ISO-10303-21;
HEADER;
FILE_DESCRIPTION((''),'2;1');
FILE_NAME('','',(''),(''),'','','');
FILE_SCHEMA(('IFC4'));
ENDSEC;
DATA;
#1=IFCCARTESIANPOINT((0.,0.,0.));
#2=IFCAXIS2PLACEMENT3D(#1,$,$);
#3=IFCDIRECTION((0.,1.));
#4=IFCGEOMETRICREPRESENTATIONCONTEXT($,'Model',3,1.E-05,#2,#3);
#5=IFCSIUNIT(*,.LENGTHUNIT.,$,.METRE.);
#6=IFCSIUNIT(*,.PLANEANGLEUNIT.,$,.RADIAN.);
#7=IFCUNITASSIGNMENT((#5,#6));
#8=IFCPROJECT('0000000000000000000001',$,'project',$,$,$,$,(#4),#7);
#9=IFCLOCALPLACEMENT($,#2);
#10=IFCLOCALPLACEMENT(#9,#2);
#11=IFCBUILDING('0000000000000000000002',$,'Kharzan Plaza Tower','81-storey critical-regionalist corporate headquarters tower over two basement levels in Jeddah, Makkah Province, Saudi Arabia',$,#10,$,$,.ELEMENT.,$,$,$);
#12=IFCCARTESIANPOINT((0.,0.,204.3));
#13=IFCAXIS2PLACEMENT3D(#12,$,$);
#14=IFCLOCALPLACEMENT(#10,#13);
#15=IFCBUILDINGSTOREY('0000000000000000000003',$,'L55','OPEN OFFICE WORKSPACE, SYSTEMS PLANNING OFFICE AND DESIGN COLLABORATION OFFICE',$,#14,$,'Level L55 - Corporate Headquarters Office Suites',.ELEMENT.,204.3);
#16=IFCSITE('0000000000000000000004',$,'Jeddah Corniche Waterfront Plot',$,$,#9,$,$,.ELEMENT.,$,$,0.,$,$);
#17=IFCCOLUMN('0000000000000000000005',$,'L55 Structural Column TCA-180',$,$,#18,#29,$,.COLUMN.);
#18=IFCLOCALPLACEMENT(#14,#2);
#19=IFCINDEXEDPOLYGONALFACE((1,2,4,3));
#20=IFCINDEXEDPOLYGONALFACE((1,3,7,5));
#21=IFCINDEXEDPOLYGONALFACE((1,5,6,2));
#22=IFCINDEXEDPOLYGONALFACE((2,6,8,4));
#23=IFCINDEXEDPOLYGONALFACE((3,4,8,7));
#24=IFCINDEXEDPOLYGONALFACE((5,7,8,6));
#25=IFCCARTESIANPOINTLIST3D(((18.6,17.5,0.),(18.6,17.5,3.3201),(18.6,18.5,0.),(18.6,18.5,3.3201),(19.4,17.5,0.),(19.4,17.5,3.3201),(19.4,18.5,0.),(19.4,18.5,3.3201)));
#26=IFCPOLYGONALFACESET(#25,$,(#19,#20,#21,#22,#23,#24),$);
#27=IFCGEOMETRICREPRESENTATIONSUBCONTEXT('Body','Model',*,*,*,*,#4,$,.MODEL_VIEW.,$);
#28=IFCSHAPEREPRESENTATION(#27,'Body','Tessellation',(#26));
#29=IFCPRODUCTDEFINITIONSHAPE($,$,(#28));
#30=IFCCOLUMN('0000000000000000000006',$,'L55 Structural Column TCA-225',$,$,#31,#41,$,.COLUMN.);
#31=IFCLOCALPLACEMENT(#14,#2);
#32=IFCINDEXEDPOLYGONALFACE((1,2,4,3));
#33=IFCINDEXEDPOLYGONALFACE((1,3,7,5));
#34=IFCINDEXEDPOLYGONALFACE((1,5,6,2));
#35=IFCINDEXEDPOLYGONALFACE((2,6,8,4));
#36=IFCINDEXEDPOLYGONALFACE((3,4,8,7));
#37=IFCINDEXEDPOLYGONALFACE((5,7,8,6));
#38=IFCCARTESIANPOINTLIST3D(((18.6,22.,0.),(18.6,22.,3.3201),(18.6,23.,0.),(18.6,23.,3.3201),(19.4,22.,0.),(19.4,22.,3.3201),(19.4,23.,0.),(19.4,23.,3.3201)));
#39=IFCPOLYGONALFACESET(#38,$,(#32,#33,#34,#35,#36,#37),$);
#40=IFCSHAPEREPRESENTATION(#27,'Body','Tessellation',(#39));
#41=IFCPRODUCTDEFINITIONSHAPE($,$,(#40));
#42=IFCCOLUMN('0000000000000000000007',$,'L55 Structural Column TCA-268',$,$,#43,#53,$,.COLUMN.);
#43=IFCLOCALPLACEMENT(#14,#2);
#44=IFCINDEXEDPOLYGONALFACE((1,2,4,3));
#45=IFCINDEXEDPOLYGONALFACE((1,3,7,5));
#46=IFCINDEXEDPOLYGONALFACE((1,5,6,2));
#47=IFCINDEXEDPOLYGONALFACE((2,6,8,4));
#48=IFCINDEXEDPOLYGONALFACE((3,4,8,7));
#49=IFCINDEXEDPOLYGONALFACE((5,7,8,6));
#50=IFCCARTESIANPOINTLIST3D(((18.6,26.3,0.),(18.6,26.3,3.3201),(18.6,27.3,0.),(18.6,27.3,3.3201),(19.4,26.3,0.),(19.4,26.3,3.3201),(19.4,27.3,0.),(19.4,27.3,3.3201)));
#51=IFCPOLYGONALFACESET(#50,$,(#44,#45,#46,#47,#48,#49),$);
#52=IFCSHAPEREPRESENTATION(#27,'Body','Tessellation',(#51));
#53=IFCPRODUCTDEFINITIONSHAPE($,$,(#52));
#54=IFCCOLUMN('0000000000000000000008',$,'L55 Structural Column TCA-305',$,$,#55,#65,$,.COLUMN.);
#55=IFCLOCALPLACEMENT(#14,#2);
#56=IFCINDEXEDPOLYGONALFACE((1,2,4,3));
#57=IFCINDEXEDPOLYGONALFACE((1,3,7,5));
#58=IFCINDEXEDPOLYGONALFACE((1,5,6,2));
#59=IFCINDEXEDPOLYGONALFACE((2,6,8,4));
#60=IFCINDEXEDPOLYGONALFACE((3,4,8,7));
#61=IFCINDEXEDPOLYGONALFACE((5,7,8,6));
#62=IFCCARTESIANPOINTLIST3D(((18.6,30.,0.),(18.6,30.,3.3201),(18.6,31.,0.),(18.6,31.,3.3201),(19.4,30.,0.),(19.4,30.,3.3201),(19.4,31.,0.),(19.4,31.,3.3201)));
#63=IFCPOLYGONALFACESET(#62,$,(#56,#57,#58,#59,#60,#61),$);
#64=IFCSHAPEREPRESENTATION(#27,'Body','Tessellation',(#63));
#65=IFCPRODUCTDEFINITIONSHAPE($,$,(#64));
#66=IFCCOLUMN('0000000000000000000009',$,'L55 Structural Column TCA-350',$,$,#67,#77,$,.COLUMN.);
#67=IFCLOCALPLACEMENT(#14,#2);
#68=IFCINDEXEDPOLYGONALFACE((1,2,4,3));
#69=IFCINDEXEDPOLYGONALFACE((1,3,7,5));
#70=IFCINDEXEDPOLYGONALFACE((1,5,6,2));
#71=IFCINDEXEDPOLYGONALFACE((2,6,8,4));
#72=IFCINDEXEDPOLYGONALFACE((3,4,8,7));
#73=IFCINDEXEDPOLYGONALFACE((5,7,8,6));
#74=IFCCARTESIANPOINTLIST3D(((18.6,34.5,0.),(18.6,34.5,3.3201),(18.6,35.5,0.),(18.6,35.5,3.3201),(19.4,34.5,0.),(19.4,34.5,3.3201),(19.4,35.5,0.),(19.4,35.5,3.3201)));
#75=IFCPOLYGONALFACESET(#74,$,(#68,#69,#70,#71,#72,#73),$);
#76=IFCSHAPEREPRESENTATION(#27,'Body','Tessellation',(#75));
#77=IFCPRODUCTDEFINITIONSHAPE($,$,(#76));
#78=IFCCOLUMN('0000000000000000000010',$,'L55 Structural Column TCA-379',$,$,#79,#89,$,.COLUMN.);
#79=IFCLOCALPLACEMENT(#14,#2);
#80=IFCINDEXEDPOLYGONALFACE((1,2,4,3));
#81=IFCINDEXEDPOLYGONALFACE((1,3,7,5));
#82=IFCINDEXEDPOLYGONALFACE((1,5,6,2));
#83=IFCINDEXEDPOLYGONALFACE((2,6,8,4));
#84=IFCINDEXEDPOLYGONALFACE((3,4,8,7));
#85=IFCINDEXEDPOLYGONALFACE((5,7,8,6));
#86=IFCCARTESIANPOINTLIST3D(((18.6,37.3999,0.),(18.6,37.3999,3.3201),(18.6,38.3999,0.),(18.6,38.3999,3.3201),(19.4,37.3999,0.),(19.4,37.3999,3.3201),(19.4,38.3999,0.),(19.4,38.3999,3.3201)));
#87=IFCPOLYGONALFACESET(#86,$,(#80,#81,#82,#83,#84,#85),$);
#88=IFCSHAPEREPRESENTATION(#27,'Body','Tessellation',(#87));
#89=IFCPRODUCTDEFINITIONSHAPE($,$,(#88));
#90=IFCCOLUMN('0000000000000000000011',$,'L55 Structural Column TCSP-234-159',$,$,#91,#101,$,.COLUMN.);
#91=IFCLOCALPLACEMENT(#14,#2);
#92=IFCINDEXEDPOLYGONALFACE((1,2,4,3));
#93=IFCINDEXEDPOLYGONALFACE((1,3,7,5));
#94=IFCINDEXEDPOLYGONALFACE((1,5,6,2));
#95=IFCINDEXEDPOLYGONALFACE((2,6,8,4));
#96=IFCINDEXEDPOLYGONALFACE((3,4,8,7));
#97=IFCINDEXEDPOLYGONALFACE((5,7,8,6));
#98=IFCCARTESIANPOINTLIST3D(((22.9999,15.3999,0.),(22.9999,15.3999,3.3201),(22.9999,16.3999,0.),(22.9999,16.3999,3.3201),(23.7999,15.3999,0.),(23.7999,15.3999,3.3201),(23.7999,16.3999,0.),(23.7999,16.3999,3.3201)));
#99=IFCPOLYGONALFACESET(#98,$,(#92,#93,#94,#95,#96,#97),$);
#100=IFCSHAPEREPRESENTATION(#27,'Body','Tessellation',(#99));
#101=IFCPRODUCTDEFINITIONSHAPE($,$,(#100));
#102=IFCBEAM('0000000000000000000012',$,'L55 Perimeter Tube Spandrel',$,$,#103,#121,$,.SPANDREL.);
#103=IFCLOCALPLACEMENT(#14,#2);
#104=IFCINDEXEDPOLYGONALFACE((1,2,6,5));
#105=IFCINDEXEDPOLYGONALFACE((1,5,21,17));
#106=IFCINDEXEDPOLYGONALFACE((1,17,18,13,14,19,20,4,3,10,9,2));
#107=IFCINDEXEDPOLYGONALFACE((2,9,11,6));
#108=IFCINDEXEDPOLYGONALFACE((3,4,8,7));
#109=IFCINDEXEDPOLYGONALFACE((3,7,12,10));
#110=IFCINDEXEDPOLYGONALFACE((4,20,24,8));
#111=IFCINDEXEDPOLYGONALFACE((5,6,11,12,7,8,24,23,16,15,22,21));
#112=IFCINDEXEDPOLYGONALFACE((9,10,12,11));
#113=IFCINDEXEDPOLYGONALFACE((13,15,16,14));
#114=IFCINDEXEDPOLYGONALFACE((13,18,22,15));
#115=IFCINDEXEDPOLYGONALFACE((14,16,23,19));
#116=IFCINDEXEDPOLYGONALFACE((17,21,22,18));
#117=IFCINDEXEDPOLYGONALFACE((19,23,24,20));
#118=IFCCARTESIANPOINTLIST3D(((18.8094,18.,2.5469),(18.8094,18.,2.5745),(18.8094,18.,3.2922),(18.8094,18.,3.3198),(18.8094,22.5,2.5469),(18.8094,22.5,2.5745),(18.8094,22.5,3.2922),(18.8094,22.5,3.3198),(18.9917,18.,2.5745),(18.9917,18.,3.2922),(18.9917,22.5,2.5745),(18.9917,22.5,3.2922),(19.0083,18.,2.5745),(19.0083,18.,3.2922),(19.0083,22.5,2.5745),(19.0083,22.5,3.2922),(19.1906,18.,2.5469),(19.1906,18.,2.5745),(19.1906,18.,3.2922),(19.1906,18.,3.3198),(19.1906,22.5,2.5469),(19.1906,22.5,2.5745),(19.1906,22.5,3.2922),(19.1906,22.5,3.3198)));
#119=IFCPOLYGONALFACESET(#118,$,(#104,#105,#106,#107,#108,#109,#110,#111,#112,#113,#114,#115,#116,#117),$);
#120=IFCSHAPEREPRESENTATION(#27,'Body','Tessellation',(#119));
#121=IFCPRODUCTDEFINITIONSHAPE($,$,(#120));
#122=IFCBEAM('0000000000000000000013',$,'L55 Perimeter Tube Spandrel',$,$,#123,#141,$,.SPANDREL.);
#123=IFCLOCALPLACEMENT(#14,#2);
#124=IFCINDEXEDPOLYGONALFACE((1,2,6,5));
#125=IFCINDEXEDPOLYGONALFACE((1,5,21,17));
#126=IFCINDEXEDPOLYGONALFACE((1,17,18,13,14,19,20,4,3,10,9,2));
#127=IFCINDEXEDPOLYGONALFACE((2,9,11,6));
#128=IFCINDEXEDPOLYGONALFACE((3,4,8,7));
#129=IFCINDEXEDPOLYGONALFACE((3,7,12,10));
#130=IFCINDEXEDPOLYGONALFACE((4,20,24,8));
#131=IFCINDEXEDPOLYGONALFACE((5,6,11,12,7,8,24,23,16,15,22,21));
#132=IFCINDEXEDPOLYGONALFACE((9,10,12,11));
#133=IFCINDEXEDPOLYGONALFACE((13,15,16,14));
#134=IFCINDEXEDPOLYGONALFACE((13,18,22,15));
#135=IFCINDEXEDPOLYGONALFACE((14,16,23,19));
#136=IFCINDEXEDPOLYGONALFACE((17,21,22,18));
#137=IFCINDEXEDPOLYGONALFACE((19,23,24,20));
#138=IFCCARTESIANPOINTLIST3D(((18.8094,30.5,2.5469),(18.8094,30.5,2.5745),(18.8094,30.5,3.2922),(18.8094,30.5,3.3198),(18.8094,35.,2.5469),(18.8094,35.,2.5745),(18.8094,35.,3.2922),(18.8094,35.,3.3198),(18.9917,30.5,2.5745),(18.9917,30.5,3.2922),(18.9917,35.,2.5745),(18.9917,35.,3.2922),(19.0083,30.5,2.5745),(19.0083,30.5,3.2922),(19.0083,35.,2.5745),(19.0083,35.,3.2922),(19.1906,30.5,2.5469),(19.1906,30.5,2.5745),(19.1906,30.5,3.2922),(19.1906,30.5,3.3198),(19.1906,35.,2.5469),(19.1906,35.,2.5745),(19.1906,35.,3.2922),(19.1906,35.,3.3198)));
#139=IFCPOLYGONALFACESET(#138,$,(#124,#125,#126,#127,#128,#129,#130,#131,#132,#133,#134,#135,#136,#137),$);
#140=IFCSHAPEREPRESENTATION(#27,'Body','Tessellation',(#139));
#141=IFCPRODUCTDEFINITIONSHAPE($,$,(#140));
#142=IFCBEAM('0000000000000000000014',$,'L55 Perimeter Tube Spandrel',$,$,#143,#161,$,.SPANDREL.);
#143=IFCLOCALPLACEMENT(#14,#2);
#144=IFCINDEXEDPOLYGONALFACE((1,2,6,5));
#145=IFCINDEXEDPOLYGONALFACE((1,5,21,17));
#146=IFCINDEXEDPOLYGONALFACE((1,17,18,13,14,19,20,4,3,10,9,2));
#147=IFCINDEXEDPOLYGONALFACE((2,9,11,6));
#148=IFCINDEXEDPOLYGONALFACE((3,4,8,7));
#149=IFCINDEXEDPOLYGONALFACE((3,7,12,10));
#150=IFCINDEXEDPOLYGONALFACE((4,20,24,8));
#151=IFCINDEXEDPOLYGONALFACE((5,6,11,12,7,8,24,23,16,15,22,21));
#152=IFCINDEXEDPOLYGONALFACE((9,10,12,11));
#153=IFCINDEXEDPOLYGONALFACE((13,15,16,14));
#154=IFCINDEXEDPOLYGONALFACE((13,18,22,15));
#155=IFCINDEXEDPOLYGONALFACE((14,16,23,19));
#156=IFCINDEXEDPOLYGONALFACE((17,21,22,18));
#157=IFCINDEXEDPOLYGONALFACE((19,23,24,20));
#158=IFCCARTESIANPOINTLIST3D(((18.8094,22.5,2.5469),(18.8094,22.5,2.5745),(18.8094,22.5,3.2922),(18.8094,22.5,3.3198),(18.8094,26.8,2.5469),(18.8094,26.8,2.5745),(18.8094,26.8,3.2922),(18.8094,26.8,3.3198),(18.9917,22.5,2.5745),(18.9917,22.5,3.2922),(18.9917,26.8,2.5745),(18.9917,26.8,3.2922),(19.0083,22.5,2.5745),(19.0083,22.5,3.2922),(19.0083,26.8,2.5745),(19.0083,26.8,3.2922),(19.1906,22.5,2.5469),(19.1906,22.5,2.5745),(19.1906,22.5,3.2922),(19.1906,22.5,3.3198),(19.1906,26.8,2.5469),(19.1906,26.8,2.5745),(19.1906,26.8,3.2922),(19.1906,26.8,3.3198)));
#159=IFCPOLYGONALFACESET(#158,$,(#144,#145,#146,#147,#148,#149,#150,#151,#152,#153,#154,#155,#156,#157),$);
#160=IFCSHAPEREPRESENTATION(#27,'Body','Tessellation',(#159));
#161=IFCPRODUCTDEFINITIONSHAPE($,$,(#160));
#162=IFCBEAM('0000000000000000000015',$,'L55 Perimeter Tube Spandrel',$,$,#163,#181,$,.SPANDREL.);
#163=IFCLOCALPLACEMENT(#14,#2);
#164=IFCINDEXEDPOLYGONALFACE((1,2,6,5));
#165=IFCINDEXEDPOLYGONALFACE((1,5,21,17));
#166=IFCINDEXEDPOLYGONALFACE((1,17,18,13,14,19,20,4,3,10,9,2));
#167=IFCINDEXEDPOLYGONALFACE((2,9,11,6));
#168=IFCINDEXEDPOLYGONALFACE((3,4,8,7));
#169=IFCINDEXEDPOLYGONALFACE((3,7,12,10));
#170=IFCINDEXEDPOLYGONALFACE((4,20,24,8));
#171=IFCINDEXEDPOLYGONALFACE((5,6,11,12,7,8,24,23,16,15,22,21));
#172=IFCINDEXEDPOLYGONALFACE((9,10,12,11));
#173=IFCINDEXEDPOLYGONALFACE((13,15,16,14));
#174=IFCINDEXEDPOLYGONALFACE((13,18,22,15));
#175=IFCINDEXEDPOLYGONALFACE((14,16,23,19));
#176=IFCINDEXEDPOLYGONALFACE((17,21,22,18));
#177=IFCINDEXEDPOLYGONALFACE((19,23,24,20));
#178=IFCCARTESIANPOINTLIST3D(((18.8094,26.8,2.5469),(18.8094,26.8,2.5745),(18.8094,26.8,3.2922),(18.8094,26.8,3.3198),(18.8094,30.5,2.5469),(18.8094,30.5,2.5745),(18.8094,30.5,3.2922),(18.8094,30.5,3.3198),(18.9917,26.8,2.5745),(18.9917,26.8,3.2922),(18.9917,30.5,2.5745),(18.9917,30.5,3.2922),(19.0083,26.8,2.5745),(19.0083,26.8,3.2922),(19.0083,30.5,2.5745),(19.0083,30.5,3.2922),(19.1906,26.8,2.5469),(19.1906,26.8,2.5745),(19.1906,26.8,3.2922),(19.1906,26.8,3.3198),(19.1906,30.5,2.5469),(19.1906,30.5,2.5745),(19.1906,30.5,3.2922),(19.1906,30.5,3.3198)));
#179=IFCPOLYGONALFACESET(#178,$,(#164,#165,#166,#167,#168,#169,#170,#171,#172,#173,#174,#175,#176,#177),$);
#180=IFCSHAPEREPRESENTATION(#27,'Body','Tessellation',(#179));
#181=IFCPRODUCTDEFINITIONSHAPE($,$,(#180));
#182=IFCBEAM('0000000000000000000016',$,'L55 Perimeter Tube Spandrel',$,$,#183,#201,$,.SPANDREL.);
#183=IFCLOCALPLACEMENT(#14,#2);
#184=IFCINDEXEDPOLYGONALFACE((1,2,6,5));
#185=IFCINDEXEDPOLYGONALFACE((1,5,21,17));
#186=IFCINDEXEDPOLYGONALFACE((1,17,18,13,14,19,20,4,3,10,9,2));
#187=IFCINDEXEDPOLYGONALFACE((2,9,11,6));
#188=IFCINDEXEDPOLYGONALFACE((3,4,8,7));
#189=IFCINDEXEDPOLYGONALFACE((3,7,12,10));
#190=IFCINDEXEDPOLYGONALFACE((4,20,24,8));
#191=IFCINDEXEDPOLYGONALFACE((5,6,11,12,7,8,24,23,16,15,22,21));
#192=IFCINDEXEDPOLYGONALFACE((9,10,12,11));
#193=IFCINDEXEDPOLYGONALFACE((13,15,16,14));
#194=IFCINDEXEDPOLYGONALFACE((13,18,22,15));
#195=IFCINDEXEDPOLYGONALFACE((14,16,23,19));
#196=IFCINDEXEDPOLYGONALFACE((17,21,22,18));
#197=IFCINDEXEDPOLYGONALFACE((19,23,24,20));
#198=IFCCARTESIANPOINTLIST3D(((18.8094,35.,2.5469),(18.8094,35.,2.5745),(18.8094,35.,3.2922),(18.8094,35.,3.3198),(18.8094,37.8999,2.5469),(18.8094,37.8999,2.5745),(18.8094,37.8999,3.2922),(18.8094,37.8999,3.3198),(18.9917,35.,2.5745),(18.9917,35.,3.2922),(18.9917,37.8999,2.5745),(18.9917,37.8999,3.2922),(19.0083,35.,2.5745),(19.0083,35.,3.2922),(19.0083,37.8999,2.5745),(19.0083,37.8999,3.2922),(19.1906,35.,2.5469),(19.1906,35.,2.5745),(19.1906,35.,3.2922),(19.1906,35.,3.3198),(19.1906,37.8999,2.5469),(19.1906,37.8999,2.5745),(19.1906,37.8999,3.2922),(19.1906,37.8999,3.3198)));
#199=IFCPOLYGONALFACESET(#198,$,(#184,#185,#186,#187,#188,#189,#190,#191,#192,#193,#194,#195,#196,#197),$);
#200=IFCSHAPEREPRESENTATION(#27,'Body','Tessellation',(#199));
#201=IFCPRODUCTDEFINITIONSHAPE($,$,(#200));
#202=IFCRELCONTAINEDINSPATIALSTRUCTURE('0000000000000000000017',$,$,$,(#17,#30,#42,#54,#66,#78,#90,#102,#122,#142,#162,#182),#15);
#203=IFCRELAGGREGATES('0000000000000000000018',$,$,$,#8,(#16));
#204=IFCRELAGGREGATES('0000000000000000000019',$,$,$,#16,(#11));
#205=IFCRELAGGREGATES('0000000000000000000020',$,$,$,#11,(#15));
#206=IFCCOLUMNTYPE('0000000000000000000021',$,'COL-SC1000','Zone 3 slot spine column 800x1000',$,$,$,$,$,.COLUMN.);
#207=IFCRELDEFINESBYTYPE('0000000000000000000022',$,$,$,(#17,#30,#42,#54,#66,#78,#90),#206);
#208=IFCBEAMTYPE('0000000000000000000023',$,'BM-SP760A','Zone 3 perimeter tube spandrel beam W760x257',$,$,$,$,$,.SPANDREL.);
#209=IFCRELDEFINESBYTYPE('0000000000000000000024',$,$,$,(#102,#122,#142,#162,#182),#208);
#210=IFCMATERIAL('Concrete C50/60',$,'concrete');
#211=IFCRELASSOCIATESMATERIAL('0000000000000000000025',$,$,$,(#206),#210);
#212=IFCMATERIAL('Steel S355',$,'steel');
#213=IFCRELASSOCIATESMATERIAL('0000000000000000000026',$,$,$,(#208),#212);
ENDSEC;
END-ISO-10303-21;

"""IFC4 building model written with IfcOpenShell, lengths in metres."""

from ifc_helpers import new_model, si_unit, direction, frame, origin, origin_2d, place, context, subcontext, project, spatial, rectangle, i_section, extrude, source, transform, mapped, material, material_profile, profile_set, type_object, element, save


model = new_model("IFC4")

# Units and contexts
model_context = context("Model", 3, precision=1e-05, world=origin(), true_north=direction((0.0, 1.0)))
body_context = subcontext(model_context, "Body", "Model", "MODEL_VIEW")
ifc_project = project(units=[si_unit("LENGTHUNIT", "METRE"), si_unit("PLANEANGLEUNIT", "RADIAN")], contexts=[model_context])

# Site, building, storey
site_placement = place(None, origin())
site = spatial("IfcSite", under=ifc_project, at=site_placement, Name="Jeddah Corniche Waterfront Plot", CompositionType="ELEMENT", RefElevation=0.0)
building_placement = place(site_placement, origin())
building = spatial("IfcBuilding", under=site, at=building_placement, Name="Kharzan Plaza Tower", Description="81-storey critical-regionalist corporate headquarters tower over two basement levels in Jeddah, Makkah Province, Saudi Arabia", CompositionType="ELEMENT")
storey_placement = place(building_placement, frame((0.0, 0.0, 204.3)))
storey = spatial("IfcBuildingStorey", under=building, at=storey_placement, Name="L55", Description="OPEN OFFICE WORKSPACE, SYSTEMS PLANNING OFFICE AND DESIGN COLLABORATION OFFICE", LongName="Level L55 - Corporate Headquarters Office Suites", CompositionType="ELEMENT", Elevation=204.3)

# Columns
ifc_material_1 = material(Name="Concrete C50/60", Category="concrete")
ifc_material_profile_1 = material_profile(ifc_material_1, rectangle(XDim=0.8, YDim=1.0, at=origin_2d()), Name="RC-SC1000x800")
ifc_profile_set_1 = profile_set([ifc_material_profile_1], Name="Concrete C50/60")
column_type = type_object("IfcColumnType", Name="COL-SC1000", Description="Zone 3 slot spine column 800x1000", PredefinedType="COLUMN", material=ifc_profile_set_1)
shared_shape_1 = source(origin(), body_context, "Body", "SweptSolid", [
    extrude(rectangle(XDim=0.8, YDim=1.0, at=origin_2d()), origin(), (0.0, 0.0, 1.0), 3.3201),
])
for number, where, z_axis, x_axis, name in (
    (1, (19.0, 18.0, 0.0), (0.0, 0.0, 1.0), (1.0, 0.0, 0.0), "L55 Structural Column TCA-180"),
    (2, (19.0, 22.5, 0.0), (0.0, 0.0, 1.0), (1.0, 0.0, 0.0), "L55 Structural Column TCA-225"),
    (3, (19.0, 26.8, 0.0), (0.0, 0.0, 1.0), (1.0, 0.0, 0.0), "L55 Structural Column TCA-268"),
    (4, (19.0, 30.5, 0.0), (0.0, 0.0, 1.0), (1.0, 0.0, 0.0), "L55 Structural Column TCA-305"),
    (5, (19.0, 35.0, 0.0), (0.0, 0.0, 1.0), (1.0, 0.0, 0.0), "L55 Structural Column TCA-350"),
    (6, (19.0, 37.8999, 0.0), (0.0, 0.0, 1.0), (1.0, 0.0, 0.0), "L55 Structural Column TCA-379"),
    (7, (23.3999, 15.8999, 0.0), (0.0, 0.0, 1.0), (1.0, 0.0, 0.0), "L55 Structural Column TCSP-234-159"),
):
    element("IfcColumn", number, at=place(storey_placement, frame(where, z_axis=z_axis, x_axis=x_axis)), inside=storey, type_object=column_type, Name=name, PredefinedType="COLUMN", context=body_context, shape_type="MappedRepresentation", body=[
        mapped(shared_shape_1, transform((0.0, 0.0, 0.0), x_axis=(1.0, 0.0, 0.0), y_axis=(0.0, 1.0, 0.0), z_axis=(0.0, 0.0, 1.0))),
    ])

# Beams
ifc_material_2 = material(Name="Steel S355", Category="steel")
ifc_material_profile_2 = material_profile(ifc_material_2, i_section(OverallWidth=0.3811, OverallDepth=0.7729, WebThickness=0.0166, FlangeThickness=0.0276, at=origin_2d()), Name="W760x257")
ifc_profile_set_2 = profile_set([ifc_material_profile_2], Name="Steel S355")
beam_type = type_object("IfcBeamType", Name="BM-SP760A", Description="Zone 3 perimeter tube spandrel beam W760x257", PredefinedType="SPANDREL", material=ifc_profile_set_2)
shared_shape_2 = source(origin(), body_context, "Body", "SweptSolid", [
    extrude(i_section(OverallWidth=0.3811, OverallDepth=0.7729, WebThickness=0.0166, FlangeThickness=0.0276, at=origin_2d()), origin(), (0.0, 0.0, 1.0), 4.5),
])
for number, where, z_axis, x_axis, name in (
    (8, (19.0, 18.0, 2.9333), (0.0, 1.0, 0.0), (-1.0, 0.0, 0.0), "L55 Perimeter Tube Spandrel"),
    (9, (19.0, 30.5, 2.9333), (0.0, 1.0, 0.0), (-1.0, 0.0, 0.0), "L55 Perimeter Tube Spandrel"),
):
    element("IfcBeam", number, at=place(storey_placement, frame(where, z_axis=z_axis, x_axis=x_axis)), inside=storey, type_object=beam_type, Name=name, PredefinedType="SPANDREL", context=body_context, shape_type="MappedRepresentation", body=[
        mapped(shared_shape_2, transform((0.0, 0.0, 0.0), x_axis=(1.0, 0.0, 0.0), y_axis=(0.0, 1.0, 0.0), z_axis=(0.0, 0.0, 1.0))),
    ])
shared_shape_3 = source(origin(), body_context, "Body", "SweptSolid", [
    extrude(i_section(OverallWidth=0.3811, OverallDepth=0.7729, WebThickness=0.0166, FlangeThickness=0.0276, at=origin_2d()), origin(), (0.0, 0.0, 1.0), 4.3),
])
beam_1_placement = place(storey_placement, frame((19.0, 22.5, 2.9333), z_axis=(0.0, 1.0, 0.0), x_axis=(-1.0, 0.0, 0.0)))
element("IfcBeam", 10, at=beam_1_placement, inside=storey, type_object=beam_type, Name="L55 Perimeter Tube Spandrel", PredefinedType="SPANDREL", context=body_context, shape_type="MappedRepresentation", body=[
    mapped(shared_shape_3, transform((0.0, 0.0, 0.0), x_axis=(1.0, 0.0, 0.0), y_axis=(0.0, 1.0, 0.0), z_axis=(0.0, 0.0, 1.0))),
])
shared_shape_4 = source(origin(), body_context, "Body", "SweptSolid", [
    extrude(i_section(OverallWidth=0.3811, OverallDepth=0.7729, WebThickness=0.0166, FlangeThickness=0.0276, at=origin_2d()), origin(), (0.0, 0.0, 1.0), 3.7),
])
beam_2_placement = place(storey_placement, frame((19.0, 26.8, 2.9333), z_axis=(0.0, 1.0, 0.0), x_axis=(-1.0, 0.0, 0.0)))
element("IfcBeam", 11, at=beam_2_placement, inside=storey, type_object=beam_type, Name="L55 Perimeter Tube Spandrel", PredefinedType="SPANDREL", context=body_context, shape_type="MappedRepresentation", body=[
    mapped(shared_shape_4, transform((0.0, 0.0, 0.0), x_axis=(1.0, 0.0, 0.0), y_axis=(0.0, 1.0, 0.0), z_axis=(0.0, 0.0, 1.0))),
])
shared_shape_5 = source(origin(), body_context, "Body", "SweptSolid", [
    extrude(i_section(OverallWidth=0.3811, OverallDepth=0.7729, WebThickness=0.0166, FlangeThickness=0.0276, at=origin_2d()), origin(), (0.0, 0.0, 1.0), 2.8999),
])
beam_3_placement = place(storey_placement, frame((19.0, 35.0, 2.9333), z_axis=(0.0, 1.0, 0.0), x_axis=(-1.0, 0.0, 0.0)))
element("IfcBeam", 12, at=beam_3_placement, inside=storey, type_object=beam_type, Name="L55 Perimeter Tube Spandrel", PredefinedType="SPANDREL", context=body_context, shape_type="MappedRepresentation", body=[
    mapped(shared_shape_5, transform((0.0, 0.0, 0.0), x_axis=(1.0, 0.0, 0.0), y_axis=(0.0, 1.0, 0.0), z_axis=(0.0, 0.0, 1.0))),
])

save(model, "model.ifc")
